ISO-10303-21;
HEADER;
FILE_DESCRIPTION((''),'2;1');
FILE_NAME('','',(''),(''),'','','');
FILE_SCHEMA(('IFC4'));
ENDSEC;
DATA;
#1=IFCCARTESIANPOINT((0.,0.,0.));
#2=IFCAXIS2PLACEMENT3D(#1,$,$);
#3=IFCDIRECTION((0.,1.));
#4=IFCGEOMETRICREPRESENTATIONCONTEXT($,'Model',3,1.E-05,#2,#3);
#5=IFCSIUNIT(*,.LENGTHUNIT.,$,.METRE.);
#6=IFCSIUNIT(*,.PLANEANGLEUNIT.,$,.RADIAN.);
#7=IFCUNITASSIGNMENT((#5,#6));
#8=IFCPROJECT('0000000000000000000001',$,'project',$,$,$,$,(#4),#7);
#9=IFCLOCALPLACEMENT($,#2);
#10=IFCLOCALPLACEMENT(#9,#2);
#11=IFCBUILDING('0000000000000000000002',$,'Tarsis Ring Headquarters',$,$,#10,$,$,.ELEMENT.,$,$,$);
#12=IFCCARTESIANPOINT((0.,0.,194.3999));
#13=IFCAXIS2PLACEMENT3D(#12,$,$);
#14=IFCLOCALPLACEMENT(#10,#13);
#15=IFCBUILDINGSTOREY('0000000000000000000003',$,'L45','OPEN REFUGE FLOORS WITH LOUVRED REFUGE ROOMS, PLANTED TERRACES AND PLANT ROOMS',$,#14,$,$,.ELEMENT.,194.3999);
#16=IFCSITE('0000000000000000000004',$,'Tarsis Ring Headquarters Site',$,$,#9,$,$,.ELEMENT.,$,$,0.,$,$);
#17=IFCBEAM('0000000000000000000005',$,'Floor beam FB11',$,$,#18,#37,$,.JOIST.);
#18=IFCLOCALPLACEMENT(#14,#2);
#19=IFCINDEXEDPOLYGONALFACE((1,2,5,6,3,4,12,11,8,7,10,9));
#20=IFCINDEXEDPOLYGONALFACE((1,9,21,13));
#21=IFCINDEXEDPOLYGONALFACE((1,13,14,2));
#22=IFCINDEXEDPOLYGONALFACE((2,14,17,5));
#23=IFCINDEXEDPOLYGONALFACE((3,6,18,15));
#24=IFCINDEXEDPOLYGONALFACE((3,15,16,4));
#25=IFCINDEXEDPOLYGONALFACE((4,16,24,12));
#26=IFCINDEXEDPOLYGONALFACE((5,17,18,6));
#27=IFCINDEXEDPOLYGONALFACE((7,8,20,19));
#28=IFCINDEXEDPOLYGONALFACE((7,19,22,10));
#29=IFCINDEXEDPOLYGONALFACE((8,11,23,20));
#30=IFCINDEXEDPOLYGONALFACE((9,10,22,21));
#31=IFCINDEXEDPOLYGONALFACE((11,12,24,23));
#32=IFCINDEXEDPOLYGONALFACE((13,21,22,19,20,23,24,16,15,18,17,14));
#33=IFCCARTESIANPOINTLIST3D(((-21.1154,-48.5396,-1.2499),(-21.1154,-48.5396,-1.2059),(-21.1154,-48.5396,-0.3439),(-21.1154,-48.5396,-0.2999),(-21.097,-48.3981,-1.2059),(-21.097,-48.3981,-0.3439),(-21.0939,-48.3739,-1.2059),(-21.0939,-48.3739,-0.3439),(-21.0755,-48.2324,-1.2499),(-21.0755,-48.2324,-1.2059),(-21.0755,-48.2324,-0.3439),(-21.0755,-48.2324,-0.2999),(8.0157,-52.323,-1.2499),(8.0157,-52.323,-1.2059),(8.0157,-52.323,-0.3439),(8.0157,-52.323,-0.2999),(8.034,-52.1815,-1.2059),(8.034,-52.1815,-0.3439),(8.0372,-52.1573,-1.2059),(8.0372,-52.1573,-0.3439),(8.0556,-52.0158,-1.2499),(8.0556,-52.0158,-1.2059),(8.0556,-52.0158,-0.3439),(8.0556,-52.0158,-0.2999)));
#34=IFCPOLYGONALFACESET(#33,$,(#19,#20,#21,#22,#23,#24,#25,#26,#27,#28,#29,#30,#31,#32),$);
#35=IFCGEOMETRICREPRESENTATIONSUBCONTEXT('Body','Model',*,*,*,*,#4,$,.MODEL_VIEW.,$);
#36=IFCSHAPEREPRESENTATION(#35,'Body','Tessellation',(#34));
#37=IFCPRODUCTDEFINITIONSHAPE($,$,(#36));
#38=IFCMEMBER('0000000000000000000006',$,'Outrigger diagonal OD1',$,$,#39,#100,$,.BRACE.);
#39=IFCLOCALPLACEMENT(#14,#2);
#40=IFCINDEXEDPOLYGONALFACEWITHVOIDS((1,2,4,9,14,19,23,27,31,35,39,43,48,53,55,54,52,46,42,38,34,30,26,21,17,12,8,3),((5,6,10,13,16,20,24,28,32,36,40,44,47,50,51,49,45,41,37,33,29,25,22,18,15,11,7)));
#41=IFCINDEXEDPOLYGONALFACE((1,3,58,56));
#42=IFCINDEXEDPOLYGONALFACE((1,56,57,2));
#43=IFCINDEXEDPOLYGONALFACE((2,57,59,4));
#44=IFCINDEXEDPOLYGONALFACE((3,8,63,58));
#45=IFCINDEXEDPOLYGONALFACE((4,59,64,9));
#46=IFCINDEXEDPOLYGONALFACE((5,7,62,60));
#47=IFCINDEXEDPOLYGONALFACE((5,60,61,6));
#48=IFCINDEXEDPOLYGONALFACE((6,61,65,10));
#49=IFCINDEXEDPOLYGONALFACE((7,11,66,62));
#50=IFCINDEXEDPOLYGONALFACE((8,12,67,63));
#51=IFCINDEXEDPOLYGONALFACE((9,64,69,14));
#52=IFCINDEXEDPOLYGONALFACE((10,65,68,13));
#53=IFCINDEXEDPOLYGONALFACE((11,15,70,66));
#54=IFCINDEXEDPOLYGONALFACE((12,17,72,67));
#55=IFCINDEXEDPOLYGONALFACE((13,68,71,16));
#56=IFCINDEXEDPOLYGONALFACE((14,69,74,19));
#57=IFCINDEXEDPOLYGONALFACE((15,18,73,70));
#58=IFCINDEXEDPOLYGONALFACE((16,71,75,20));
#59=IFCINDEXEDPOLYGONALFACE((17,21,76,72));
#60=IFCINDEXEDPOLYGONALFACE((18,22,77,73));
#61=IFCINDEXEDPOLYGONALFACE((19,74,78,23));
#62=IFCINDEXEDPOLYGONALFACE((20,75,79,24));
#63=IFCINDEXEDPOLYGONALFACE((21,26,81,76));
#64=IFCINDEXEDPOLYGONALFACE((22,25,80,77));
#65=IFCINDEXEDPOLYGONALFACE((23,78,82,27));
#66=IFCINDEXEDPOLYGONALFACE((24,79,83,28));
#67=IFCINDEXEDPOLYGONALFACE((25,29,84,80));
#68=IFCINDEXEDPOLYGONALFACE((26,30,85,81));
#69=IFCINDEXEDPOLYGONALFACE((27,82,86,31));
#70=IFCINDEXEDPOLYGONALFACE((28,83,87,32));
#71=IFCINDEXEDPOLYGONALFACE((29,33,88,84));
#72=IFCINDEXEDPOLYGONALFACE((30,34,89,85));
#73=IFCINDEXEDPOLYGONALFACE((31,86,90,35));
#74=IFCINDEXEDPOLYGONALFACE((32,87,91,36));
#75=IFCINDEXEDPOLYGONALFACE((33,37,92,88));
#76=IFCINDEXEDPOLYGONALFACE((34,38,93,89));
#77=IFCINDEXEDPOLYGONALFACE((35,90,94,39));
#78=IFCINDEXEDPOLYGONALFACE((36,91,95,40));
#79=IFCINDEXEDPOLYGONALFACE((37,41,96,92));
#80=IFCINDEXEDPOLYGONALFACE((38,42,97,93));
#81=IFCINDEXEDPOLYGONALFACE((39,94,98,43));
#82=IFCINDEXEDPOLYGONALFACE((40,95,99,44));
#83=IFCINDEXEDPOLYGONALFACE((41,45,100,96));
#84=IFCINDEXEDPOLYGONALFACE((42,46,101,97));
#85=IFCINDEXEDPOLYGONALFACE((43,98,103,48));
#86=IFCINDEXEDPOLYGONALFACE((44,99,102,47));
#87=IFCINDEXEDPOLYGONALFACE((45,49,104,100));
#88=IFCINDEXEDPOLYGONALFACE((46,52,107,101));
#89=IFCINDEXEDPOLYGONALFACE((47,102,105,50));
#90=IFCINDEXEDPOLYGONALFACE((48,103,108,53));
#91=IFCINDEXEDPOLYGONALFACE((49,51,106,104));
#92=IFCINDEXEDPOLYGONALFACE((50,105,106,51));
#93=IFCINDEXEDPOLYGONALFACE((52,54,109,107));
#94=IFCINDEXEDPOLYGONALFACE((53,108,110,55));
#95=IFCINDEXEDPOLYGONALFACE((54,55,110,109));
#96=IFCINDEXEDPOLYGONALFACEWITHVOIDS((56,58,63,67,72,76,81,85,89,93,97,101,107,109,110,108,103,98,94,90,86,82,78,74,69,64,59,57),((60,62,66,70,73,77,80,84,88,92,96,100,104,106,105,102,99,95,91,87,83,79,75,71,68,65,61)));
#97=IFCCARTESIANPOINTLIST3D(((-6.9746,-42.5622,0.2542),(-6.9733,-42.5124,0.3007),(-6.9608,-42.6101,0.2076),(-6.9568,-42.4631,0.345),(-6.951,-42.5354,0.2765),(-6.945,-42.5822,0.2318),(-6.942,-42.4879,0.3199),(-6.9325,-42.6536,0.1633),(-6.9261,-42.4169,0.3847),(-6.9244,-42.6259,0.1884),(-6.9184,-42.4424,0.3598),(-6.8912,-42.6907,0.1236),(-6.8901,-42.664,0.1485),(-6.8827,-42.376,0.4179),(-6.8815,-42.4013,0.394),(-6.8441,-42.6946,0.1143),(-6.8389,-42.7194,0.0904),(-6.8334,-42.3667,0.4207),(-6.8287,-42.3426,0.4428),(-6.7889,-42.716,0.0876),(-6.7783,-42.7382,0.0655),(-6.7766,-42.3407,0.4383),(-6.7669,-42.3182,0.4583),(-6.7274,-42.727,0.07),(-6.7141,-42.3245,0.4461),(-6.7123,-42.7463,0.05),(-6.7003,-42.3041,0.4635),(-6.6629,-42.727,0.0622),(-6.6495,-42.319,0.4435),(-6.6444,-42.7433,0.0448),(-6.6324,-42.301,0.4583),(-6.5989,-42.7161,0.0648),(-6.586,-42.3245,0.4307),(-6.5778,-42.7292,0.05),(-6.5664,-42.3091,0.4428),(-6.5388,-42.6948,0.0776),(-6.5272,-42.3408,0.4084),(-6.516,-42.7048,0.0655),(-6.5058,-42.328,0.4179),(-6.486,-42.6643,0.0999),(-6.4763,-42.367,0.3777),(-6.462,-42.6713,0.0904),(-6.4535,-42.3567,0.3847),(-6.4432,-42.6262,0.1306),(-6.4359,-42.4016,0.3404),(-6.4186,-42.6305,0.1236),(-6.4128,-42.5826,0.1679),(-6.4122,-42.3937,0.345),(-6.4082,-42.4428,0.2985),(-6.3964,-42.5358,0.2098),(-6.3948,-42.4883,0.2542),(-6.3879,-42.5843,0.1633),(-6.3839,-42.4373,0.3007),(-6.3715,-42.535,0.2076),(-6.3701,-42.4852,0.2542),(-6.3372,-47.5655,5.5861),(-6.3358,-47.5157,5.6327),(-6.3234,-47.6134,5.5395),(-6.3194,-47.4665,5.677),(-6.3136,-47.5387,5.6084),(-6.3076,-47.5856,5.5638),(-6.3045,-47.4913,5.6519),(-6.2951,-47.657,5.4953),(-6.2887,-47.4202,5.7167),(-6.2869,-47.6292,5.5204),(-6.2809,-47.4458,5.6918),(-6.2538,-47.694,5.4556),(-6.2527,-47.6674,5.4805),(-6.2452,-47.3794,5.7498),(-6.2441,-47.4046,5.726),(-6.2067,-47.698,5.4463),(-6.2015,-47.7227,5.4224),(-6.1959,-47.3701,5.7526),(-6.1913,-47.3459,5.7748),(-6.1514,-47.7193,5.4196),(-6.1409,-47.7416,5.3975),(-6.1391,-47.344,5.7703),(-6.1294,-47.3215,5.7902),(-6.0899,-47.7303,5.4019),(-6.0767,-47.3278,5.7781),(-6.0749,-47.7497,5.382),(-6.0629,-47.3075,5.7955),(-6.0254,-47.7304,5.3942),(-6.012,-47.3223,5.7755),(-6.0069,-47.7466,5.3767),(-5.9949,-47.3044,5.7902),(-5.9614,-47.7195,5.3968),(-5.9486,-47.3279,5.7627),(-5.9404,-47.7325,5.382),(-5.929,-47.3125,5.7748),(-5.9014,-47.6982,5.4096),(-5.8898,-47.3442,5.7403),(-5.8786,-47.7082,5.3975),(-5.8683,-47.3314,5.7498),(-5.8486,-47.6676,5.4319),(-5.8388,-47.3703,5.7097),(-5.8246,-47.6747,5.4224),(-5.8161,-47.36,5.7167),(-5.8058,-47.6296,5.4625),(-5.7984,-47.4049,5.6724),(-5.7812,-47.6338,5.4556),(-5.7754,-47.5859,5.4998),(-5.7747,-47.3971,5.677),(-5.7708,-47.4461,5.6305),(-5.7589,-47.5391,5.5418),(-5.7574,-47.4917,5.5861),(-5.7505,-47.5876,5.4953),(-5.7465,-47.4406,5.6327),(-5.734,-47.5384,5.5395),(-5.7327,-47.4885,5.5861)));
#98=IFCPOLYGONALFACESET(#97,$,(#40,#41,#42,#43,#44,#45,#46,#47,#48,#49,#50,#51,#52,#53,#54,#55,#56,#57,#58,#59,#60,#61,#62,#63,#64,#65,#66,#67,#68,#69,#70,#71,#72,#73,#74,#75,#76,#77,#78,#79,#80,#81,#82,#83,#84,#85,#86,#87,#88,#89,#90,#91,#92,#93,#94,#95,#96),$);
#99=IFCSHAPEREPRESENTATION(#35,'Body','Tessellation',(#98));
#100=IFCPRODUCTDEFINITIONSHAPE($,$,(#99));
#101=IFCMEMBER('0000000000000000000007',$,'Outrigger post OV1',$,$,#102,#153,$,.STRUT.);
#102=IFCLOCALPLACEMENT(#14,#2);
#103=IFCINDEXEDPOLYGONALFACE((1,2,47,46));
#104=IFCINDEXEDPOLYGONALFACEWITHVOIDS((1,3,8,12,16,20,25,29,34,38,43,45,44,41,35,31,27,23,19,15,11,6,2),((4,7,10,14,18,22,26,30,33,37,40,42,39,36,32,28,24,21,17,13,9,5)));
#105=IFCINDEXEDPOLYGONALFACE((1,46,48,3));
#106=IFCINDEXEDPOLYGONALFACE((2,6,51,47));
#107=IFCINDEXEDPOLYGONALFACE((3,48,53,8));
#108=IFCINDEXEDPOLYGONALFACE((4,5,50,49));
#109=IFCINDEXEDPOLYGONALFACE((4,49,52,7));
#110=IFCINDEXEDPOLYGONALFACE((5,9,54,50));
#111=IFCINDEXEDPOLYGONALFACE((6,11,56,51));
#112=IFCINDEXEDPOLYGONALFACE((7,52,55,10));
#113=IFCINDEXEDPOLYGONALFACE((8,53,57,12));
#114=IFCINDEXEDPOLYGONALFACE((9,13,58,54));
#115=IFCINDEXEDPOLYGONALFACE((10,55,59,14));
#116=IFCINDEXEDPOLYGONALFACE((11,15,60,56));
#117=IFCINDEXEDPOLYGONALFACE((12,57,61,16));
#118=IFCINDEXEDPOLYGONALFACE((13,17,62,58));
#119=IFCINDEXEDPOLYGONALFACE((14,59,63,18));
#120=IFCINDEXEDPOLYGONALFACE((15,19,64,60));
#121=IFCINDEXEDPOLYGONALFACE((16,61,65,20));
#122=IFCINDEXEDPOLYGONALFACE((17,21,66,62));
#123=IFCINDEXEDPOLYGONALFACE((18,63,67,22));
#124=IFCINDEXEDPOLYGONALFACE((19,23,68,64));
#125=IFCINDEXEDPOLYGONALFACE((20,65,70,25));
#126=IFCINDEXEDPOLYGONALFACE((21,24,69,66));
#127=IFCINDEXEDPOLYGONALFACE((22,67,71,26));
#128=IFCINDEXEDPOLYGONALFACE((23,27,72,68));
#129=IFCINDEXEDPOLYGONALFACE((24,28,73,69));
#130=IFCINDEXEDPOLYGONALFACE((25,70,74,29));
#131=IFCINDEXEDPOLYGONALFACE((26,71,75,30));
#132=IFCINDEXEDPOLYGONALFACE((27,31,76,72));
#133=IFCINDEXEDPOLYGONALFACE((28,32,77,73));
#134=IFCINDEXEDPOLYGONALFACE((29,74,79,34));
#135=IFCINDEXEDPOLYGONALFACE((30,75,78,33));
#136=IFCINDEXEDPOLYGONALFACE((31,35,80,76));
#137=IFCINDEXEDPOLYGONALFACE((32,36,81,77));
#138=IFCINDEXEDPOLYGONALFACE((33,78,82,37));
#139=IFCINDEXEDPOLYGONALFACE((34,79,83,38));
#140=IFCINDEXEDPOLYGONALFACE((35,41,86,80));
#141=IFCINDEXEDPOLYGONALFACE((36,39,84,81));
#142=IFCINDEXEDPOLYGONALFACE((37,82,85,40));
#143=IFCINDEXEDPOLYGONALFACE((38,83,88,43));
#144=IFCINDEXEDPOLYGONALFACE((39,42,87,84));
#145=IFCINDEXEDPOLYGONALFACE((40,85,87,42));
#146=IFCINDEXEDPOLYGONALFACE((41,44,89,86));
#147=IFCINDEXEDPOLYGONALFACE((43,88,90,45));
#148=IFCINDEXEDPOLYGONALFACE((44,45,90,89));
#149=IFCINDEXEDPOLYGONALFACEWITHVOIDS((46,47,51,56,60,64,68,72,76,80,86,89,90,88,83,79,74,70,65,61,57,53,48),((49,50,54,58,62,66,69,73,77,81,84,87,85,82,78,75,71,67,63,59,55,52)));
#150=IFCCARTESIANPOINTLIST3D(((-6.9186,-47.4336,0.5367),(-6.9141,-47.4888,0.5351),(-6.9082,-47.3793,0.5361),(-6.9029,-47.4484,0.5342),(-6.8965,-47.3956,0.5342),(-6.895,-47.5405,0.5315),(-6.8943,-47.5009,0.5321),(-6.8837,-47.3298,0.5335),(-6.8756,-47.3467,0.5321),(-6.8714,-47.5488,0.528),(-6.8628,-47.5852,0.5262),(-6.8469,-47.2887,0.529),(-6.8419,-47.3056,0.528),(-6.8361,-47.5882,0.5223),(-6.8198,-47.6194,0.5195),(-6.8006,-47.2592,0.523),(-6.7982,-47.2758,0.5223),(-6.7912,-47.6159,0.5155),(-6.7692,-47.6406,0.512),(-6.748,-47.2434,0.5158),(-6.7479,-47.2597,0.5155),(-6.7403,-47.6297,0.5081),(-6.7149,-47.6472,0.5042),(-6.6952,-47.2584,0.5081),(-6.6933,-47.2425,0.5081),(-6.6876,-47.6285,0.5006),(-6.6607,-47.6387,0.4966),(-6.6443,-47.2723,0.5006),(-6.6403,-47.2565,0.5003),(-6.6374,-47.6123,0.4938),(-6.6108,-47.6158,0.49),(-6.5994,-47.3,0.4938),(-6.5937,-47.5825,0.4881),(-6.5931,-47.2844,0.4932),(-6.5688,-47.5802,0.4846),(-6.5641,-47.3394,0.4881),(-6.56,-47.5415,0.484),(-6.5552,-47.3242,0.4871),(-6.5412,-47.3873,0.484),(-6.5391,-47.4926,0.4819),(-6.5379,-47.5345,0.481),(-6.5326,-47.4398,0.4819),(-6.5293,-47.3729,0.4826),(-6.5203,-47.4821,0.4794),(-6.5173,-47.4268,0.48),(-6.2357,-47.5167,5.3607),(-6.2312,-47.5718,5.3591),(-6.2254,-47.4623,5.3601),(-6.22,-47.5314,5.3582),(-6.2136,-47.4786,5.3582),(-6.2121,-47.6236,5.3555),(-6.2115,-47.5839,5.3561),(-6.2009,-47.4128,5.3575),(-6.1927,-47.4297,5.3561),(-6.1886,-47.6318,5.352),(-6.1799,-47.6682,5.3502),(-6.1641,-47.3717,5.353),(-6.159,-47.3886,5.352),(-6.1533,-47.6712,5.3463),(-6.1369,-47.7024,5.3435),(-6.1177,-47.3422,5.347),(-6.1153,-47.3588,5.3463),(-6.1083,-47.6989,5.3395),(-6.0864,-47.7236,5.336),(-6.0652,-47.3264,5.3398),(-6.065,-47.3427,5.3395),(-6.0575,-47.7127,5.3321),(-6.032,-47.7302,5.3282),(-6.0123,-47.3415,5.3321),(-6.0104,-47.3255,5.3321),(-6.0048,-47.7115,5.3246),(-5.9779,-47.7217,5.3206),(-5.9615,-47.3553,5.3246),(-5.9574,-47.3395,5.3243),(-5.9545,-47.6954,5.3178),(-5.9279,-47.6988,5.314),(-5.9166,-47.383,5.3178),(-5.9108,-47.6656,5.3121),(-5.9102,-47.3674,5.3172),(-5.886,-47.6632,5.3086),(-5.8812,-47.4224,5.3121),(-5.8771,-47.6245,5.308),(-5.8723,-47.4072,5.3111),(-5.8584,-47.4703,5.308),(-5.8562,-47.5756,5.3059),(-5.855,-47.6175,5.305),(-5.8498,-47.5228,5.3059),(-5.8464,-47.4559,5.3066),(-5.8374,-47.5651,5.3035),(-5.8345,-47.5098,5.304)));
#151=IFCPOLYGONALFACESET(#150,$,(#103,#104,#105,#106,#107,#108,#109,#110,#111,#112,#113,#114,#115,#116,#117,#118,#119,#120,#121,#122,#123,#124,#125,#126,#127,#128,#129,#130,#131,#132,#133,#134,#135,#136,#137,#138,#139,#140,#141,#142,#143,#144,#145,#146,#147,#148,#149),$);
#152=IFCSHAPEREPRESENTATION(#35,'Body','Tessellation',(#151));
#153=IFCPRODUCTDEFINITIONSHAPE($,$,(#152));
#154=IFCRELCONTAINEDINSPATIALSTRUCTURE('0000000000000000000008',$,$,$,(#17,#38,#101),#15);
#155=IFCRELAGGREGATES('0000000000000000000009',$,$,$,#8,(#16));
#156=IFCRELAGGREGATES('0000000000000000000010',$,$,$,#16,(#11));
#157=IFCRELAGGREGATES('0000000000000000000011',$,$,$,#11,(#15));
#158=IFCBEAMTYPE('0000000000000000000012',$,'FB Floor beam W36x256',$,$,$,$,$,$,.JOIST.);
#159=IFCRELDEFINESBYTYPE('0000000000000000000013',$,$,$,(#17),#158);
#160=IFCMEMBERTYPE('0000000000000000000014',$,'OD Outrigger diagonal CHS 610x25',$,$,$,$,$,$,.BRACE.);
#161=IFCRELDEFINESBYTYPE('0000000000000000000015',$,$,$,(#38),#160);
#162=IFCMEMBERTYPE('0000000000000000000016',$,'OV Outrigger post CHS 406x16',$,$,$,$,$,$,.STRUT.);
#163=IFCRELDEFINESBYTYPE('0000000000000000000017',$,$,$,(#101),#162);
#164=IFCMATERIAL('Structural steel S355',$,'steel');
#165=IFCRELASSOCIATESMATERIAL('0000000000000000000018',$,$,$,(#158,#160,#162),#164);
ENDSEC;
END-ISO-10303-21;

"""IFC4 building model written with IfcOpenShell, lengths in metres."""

from ifc_helpers import new_model, si_unit, direction, frame, origin, origin_2d, place, context, subcontext, project, spatial, hollow_circle, i_section, extrude, material, material_profile, profile_set, type_object, element, save


model = new_model("IFC4")

# Units and contexts
model_context = context("Model", 3, precision=1e-05, world=origin(), true_north=direction((0.0, 1.0)))
body_context = subcontext(model_context, "Body", "Model", "MODEL_VIEW")
ifc_project = project(units=[si_unit("LENGTHUNIT", "METRE"), si_unit("PLANEANGLEUNIT", "RADIAN")], contexts=[model_context])

# Site, building, storey
site_placement = place(None, origin())
site = spatial("IfcSite", under=ifc_project, at=site_placement, Name="Tarsis Ring Headquarters Site", CompositionType="ELEMENT", RefElevation=0.0)
building_placement = place(site_placement, origin())
building = spatial("IfcBuilding", under=site, at=building_placement, Name="Tarsis Ring Headquarters", CompositionType="ELEMENT")
storey_placement = place(building_placement, frame((0.0, 0.0, 194.3999)))
storey = spatial("IfcBuildingStorey", under=building, at=storey_placement, Name="L45", Description="OPEN REFUGE FLOORS WITH LOUVRED REFUGE ROOMS, PLANTED TERRACES AND PLANT ROOMS", CompositionType="ELEMENT", Elevation=194.3999)

# Shared definitions
ifc_material_1 = material(Name="Structural steel S355", Category="steel")

# Beam
ifc_material_profile_1 = material_profile(ifc_material_1, i_section(OverallWidth=0.3098, OverallDepth=0.95, WebThickness=0.0244, FlangeThickness=0.0439, at=origin_2d()), Name="W36x256")
ifc_profile_set_1 = profile_set([ifc_material_profile_1], Name="Structural steel S355")
beam_type_1 = type_object("IfcBeamType", Name="FB Floor beam W36x256", PredefinedType="JOIST", material=ifc_profile_set_1)
for number, where, z_axis, x_axis, name in (
    (1, (-21.0955, -48.386, -0.7749), (0.991671, -0.128795, 0.0), (0.128795, 0.991671, 0.0), "Floor beam FB11"),
):
    element("IfcBeam", number, at=place(storey_placement, frame(where, z_axis=z_axis, x_axis=x_axis)), inside=storey, type_object=beam_type_1, Name=name, PredefinedType="JOIST", context=body_context, shape_type="SweptSolid", body=[
        extrude(i_section(OverallWidth=0.3098, OverallDepth=0.95, WebThickness=0.0244, FlangeThickness=0.0439, at=origin_2d()), origin(), (0.0, 0.0, 1.0), 29.3757),
    ])

# Members
ifc_material_profile_2 = material_profile(ifc_material_1, hollow_circle(Radius=0.3047, WallThickness=0.0249, at=origin_2d()), Name="CHS 610x25")
ifc_profile_set_2 = profile_set([ifc_material_profile_2], Name="Structural steel S355")
member_type_1 = type_object("IfcMemberType", Name="OD Outrigger diagonal CHS 610x25", PredefinedType="BRACE", material=ifc_profile_set_2)
member_1_placement = place(storey_placement, frame((-6.6724, -42.5237, 0.2542), z_axis=(0.08685, -0.681693, 0.726465), x_axis=(0.991982, 0.126382, 0.0)))
element("IfcMember", 2, at=member_1_placement, inside=storey, type_object=member_type_1, Name="Outrigger diagonal OD1", PredefinedType="BRACE", context=body_context, shape_type="SweptSolid", body=[
    extrude(hollow_circle(Radius=0.3047, WallThickness=0.0249, at=origin_2d()), origin(), (0.0, 0.0, 1.0), 7.3396),
])
ifc_material_profile_3 = material_profile(ifc_material_1, hollow_circle(Radius=0.2031, WallThickness=0.0161, at=origin_2d()), Name="CHS 406x16")
ifc_profile_set_3 = profile_set([ifc_material_profile_3], Name="Structural steel S355")
member_type_2 = type_object("IfcMemberType", Name="OV Outrigger post CHS 406x16", PredefinedType="STRUT", material=ifc_profile_set_3)
member_2_placement = place(storey_placement, frame((-6.7178, -47.4441, 0.5081), z_axis=(0.140138, -0.017035, 0.989985), x_axis=(0.120671, 0.992693, 0.0)))
element("IfcMember", 3, at=member_2_placement, inside=storey, type_object=member_type_2, Name="Outrigger post OV1", PredefinedType="STRUT", context=body_context, shape_type="SweptSolid", body=[
    extrude(hollow_circle(Radius=0.2031, WallThickness=0.0161, at=origin_2d()), origin(), (0.0, 0.0, 1.0), 4.8728),
])

save(model, "model.ifc")
